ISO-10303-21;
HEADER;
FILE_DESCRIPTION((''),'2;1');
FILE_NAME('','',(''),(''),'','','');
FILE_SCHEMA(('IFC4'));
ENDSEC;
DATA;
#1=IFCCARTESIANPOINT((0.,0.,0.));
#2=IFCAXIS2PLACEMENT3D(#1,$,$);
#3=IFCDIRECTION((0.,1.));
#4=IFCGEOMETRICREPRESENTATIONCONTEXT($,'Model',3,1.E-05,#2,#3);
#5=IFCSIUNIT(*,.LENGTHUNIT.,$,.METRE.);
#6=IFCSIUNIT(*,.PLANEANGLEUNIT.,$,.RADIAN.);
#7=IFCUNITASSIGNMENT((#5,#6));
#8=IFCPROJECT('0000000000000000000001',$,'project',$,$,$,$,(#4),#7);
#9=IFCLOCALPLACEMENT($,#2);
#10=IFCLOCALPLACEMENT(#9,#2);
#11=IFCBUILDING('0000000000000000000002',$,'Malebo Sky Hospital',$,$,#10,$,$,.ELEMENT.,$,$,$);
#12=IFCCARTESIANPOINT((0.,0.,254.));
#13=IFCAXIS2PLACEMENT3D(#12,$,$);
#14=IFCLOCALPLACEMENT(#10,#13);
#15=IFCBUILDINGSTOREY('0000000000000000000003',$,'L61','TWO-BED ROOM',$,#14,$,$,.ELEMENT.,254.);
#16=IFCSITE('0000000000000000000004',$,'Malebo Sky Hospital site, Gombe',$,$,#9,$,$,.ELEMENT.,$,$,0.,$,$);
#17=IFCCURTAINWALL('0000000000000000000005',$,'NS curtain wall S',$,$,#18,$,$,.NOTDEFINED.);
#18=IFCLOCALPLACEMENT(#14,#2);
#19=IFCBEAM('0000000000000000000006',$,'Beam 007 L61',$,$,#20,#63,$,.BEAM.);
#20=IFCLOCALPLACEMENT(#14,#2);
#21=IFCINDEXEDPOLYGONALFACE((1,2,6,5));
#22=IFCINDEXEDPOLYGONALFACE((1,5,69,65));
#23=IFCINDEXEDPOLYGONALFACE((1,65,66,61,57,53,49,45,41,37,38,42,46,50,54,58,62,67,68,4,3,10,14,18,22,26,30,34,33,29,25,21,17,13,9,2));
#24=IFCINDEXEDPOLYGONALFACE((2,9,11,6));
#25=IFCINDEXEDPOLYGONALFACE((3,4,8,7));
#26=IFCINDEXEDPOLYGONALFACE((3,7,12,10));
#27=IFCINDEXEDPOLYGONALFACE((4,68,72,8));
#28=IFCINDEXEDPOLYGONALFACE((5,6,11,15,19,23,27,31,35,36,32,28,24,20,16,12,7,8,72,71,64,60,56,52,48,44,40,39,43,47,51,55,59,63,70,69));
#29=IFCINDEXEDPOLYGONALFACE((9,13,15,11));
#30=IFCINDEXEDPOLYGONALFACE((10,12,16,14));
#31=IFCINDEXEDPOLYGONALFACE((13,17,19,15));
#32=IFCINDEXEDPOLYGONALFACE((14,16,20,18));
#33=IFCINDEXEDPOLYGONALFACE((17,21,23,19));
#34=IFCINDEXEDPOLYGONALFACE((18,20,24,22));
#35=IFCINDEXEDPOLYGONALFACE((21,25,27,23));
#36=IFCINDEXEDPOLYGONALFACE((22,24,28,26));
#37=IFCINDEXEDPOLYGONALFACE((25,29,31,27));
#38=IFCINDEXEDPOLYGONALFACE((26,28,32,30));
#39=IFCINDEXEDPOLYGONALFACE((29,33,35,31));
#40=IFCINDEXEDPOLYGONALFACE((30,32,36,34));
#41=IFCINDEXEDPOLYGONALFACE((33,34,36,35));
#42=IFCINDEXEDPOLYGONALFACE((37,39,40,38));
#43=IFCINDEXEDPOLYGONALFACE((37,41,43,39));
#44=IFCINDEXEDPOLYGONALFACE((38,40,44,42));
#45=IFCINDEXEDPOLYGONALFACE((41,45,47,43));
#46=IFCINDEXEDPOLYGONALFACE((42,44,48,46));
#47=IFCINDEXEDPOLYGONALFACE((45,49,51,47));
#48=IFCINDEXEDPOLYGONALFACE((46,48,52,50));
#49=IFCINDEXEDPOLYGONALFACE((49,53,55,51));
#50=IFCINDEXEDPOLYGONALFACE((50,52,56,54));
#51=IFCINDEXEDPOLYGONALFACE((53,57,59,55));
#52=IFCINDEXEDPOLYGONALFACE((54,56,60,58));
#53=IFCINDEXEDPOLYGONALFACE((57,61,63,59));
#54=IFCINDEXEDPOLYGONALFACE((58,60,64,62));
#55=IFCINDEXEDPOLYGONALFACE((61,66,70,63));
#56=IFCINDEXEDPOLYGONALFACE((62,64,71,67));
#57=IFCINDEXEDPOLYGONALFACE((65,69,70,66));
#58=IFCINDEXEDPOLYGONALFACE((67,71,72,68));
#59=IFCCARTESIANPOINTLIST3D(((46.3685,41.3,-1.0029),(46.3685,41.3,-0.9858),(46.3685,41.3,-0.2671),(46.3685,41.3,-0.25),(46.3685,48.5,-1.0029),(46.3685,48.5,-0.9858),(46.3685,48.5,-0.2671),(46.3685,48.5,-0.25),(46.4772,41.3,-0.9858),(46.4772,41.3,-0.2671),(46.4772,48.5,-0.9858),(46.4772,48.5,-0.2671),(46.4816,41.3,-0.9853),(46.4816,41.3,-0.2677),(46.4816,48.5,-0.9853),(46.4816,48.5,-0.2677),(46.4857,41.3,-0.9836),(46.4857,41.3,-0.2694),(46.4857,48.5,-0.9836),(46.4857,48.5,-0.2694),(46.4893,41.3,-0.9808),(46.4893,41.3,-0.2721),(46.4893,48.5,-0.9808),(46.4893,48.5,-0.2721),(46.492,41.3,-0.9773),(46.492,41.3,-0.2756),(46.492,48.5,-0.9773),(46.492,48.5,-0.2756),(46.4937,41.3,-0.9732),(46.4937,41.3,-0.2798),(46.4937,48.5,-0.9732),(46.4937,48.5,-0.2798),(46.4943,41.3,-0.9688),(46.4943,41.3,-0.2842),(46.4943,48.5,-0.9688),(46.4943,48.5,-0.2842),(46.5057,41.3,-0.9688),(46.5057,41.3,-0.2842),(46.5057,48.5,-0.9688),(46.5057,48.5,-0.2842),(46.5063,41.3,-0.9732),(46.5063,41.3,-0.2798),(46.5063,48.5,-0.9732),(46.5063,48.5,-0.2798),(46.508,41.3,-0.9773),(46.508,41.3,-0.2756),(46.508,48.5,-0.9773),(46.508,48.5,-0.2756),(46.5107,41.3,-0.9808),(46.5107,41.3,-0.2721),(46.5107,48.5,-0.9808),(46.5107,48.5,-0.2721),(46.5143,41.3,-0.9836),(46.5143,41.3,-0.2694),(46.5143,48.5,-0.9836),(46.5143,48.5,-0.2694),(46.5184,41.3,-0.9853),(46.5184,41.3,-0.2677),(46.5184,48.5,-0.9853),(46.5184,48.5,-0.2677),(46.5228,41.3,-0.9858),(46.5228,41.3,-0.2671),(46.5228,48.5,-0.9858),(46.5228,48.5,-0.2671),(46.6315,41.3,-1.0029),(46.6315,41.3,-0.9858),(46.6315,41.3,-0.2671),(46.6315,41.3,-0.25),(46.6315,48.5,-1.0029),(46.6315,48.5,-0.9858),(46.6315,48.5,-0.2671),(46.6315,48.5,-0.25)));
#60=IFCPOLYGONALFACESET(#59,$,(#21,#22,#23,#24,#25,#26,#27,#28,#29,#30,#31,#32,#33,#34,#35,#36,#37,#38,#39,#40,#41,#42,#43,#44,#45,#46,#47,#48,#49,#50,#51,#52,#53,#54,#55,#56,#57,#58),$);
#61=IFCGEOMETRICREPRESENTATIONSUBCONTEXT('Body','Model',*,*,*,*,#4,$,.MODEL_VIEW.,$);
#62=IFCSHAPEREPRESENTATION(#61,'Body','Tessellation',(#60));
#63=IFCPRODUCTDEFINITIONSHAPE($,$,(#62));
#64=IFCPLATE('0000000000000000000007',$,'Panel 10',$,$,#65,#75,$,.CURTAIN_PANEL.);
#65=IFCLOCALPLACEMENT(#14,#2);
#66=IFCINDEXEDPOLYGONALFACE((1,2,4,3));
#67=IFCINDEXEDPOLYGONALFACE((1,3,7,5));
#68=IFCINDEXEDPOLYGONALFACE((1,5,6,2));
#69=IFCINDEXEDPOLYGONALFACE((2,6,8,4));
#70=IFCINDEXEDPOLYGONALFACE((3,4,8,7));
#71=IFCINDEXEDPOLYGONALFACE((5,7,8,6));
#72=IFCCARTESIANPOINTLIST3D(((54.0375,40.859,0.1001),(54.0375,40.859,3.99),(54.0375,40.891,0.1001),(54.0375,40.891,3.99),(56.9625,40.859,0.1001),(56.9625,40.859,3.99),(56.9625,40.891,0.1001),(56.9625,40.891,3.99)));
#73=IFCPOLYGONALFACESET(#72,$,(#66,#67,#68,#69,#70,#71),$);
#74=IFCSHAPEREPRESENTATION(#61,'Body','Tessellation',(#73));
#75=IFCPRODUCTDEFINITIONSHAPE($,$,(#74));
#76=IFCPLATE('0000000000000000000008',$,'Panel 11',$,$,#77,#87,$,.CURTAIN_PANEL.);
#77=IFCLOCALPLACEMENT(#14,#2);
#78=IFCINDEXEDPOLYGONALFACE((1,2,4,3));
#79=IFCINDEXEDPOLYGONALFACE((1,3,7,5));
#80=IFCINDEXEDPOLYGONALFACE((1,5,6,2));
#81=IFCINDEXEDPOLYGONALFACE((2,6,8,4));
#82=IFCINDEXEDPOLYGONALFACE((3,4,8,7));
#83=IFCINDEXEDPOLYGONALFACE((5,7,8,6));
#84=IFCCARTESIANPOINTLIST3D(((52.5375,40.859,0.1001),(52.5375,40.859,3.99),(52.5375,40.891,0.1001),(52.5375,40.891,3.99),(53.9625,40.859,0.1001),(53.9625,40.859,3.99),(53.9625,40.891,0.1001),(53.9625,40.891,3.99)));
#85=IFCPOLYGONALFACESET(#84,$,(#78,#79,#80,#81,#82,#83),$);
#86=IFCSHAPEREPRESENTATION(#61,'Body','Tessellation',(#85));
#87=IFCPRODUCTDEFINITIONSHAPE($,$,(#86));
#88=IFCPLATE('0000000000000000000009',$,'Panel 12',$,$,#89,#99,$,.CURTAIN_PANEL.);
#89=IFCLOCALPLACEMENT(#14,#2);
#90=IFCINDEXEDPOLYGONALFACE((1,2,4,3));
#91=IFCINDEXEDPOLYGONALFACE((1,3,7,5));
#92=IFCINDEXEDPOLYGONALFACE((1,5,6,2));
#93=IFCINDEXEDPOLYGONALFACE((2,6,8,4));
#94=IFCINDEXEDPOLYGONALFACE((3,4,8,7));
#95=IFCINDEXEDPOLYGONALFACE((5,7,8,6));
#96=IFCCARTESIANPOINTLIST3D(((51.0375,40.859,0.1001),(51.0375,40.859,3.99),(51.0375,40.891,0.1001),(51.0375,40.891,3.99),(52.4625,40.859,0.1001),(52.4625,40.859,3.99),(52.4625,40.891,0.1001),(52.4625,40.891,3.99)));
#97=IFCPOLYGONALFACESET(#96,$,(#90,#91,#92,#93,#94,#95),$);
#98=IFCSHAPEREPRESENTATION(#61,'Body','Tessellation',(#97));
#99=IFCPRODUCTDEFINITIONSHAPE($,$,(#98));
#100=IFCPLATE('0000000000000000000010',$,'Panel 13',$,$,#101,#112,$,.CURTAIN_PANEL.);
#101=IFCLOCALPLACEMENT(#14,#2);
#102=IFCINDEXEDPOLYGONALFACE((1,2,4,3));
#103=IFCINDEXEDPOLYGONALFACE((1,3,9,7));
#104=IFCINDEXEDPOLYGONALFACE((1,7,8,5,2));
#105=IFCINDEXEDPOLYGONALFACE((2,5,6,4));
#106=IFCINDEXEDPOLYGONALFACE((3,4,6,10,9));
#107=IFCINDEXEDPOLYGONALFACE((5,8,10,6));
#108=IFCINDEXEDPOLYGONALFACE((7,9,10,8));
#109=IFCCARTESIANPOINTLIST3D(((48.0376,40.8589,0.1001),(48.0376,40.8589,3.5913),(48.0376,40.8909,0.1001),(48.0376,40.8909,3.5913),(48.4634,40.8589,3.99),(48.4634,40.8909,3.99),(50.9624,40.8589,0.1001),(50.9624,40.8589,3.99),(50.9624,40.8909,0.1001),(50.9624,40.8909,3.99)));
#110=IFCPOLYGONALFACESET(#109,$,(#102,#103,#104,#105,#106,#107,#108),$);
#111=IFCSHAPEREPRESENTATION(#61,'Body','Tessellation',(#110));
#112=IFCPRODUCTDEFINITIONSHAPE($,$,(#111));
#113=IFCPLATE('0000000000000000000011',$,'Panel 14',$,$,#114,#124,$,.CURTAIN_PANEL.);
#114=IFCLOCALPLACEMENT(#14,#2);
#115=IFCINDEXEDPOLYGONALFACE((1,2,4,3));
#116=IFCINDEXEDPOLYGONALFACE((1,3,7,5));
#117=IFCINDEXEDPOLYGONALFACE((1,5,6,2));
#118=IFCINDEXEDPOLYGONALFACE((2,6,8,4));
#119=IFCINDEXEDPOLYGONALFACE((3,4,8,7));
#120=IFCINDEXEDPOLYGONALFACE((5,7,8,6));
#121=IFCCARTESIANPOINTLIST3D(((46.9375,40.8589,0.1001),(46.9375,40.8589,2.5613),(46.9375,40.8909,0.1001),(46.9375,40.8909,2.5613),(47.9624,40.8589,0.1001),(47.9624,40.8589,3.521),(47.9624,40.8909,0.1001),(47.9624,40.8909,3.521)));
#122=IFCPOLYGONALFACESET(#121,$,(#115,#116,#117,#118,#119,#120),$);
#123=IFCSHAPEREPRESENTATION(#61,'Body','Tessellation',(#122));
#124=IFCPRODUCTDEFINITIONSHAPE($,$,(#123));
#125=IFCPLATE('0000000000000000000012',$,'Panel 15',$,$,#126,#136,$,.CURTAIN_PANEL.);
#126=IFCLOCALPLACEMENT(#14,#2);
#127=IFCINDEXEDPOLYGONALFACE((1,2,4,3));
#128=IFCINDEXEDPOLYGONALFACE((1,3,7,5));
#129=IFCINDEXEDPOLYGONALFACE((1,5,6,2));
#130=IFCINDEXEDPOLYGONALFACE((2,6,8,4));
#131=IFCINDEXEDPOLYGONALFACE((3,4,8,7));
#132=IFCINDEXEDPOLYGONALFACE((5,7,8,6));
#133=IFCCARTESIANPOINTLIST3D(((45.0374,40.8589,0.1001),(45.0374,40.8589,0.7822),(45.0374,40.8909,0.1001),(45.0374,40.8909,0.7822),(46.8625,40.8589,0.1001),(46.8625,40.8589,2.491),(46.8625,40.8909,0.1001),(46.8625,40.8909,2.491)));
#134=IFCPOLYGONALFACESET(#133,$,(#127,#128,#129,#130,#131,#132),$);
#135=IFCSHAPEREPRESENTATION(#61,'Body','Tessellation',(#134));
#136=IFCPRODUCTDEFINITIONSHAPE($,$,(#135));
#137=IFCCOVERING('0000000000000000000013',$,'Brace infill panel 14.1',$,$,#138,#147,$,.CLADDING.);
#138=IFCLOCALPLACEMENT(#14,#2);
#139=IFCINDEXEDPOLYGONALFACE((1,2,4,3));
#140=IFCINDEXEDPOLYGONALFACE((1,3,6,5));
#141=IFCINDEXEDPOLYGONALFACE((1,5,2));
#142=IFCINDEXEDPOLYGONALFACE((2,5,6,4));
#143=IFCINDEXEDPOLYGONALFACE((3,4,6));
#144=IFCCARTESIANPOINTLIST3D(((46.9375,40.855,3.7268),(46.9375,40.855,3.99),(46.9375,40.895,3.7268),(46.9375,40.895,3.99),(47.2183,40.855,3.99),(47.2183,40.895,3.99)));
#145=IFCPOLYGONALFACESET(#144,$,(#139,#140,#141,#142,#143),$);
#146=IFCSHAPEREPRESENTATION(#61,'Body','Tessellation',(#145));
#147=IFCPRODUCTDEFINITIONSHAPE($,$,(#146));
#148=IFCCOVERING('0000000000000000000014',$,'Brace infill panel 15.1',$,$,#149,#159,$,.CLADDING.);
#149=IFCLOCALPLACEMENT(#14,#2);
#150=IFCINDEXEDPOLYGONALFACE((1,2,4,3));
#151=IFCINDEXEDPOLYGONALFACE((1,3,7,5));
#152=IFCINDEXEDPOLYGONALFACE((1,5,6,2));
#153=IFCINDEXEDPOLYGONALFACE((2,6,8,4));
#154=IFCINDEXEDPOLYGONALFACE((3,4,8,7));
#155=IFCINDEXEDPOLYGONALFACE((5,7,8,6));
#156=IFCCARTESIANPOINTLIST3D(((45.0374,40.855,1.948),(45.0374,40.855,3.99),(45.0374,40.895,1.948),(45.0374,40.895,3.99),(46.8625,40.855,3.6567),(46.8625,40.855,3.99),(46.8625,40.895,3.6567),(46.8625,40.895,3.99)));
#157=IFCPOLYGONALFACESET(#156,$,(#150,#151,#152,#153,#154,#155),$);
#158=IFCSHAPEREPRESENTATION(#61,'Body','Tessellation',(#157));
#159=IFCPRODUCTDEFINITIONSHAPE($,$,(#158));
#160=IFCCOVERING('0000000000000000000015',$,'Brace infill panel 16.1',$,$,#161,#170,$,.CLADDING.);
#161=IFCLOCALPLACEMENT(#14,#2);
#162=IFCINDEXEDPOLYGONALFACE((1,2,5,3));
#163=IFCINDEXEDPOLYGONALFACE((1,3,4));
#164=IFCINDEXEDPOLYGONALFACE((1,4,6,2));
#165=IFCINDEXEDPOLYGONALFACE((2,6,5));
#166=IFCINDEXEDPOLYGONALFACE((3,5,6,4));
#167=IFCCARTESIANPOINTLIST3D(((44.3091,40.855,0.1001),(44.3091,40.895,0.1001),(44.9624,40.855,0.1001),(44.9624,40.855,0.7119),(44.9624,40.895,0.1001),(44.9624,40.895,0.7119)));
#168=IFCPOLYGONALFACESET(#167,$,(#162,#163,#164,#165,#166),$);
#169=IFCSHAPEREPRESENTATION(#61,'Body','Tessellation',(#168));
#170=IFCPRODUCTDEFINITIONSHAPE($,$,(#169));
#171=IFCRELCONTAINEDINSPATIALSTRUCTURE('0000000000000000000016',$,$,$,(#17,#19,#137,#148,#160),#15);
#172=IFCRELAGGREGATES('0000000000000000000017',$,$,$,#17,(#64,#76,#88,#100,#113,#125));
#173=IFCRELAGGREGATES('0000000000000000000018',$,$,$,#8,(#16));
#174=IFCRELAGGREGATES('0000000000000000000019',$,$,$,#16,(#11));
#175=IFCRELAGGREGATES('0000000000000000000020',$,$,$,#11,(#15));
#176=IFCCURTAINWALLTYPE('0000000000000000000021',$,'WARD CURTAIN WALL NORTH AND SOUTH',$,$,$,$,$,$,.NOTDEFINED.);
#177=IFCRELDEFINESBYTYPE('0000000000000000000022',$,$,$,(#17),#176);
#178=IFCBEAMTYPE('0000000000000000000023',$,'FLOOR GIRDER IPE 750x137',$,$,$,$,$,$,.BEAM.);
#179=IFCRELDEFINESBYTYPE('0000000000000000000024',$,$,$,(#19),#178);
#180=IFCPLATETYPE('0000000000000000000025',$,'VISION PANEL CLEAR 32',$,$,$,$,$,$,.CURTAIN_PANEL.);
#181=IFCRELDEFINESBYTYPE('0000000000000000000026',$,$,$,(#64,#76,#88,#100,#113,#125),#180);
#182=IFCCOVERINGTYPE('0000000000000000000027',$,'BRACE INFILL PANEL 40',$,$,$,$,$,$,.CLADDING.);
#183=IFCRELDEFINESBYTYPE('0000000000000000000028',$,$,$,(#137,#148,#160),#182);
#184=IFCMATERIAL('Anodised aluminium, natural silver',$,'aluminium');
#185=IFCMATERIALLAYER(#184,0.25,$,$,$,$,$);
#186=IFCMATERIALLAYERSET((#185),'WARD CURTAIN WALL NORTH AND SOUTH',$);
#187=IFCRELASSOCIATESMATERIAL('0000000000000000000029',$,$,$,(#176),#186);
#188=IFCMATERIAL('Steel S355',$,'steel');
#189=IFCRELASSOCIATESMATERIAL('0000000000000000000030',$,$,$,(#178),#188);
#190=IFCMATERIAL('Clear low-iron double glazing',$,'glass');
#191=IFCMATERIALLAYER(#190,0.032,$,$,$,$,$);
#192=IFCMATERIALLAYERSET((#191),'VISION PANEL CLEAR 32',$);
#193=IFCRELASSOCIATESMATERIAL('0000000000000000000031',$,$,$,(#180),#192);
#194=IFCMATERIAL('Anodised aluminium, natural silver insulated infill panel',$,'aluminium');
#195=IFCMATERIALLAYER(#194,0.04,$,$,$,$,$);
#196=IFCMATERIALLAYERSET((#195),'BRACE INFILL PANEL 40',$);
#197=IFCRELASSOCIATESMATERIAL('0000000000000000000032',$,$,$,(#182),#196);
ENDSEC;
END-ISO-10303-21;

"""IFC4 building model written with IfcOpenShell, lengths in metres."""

from ifc_helpers import new_model, si_unit, direction, frame, origin, origin_2d, place, context, subcontext, project, spatial, polyline, rectangle, i_section, outline, extrude, material, layer, layer_set, material_profile, profile_set, type_object, element, aggregate, save


model = new_model("IFC4")

# Units and contexts
model_context = context("Model", 3, precision=1e-05, world=origin(), true_north=direction((0.0, 1.0)))
body_context = subcontext(model_context, "Body", "Model", "MODEL_VIEW")
ifc_project = project(units=[si_unit("LENGTHUNIT", "METRE"), si_unit("PLANEANGLEUNIT", "RADIAN")], contexts=[model_context])

# Site, building, storey
site_placement = place(None, origin())
site = spatial("IfcSite", under=ifc_project, at=site_placement, Name="Malebo Sky Hospital site, Gombe", CompositionType="ELEMENT", RefElevation=0.0)
building_placement = place(site_placement, origin())
building = spatial("IfcBuilding", under=site, at=building_placement, Name="Malebo Sky Hospital", CompositionType="ELEMENT")
storey_placement = place(building_placement, frame((0.0, 0.0, 254.0)))
storey = spatial("IfcBuildingStorey", under=building, at=storey_placement, Name="L61", Description="TWO-BED ROOM", CompositionType="ELEMENT", Elevation=254.0)

# Curtain wall
ifc_material_1 = material(Name="Anodised aluminium, natural silver", Category="aluminium")
ifc_layer_1 = layer(ifc_material_1, 0.25)
ifc_layer_set_1 = layer_set([ifc_layer_1], Name="WARD CURTAIN WALL NORTH AND SOUTH")
curtain_wall_type = type_object("IfcCurtainWallType", Name="WARD CURTAIN WALL NORTH AND SOUTH", PredefinedType="NOTDEFINED", material=ifc_layer_set_1)
curtain_wall_placement = place(storey_placement, origin())
curtain_wall = element("IfcCurtainWall", 1, at=curtain_wall_placement, inside=storey, type_object=curtain_wall_type, Name="NS curtain wall S", PredefinedType="NOTDEFINED")

# Beam
ifc_material_2 = material(Name="Steel S355", Category="steel")
ifc_material_profile_1 = material_profile(ifc_material_2, i_section(OverallWidth=0.2629, OverallDepth=0.7529, WebThickness=0.0115, FlangeThickness=0.0171, FilletRadius=0.0171, at=origin_2d()), Name="IPE 750x137")
ifc_profile_set_1 = profile_set([ifc_material_profile_1], Name="Steel S355")
beam_type_1 = type_object("IfcBeamType", Name="FLOOR GIRDER IPE 750x137", PredefinedType="BEAM", material=ifc_profile_set_1)
beam_1_placement = place(storey_placement, frame((46.5, 41.3, -0.6265), z_axis=(0.0, 1.0, 0.0), x_axis=(-1.0, 0.0, 0.0)))
element("IfcBeam", 2, at=beam_1_placement, inside=storey, type_object=beam_type_1, Name="Beam 007 L61", PredefinedType="BEAM", context=body_context, shape_type="SweptSolid", body=[
    extrude(i_section(OverallWidth=0.2629, OverallDepth=0.7529, WebThickness=0.0115, FlangeThickness=0.0171, FilletRadius=0.0171, at=origin_2d()), origin(), (0.0, 0.0, 1.0), 7.2),
])

# Plates
ifc_material_3 = material(Name="Clear low-iron double glazing", Category="glass")
ifc_layer_2 = layer(ifc_material_3, 0.032)
ifc_layer_set_2 = layer_set([ifc_layer_2], Name="VISION PANEL CLEAR 32")
plate_type = type_object("IfcPlateType", Name="VISION PANEL CLEAR 32", PredefinedType="CURTAIN_PANEL", material=ifc_layer_set_2)
plate_1_placement = place(storey_placement, frame((55.5, 40.875, 0.1001), z_axis=(0.0, 0.0, 1.0), x_axis=(-1.0, 0.0, 0.0)))
plate_1 = element("IfcPlate", 3, at=plate_1_placement, type_object=plate_type, Name="Panel 10", PredefinedType="CURTAIN_PANEL", context=body_context, shape_type="SweptSolid", body=[
    extrude(rectangle(XDim=2.925, YDim=0.032, at=origin_2d()), origin(), (0.0, 0.0, 1.0), 3.8899),
])
plate_2_placement = place(storey_placement, frame((53.25, 40.875, 0.1001), z_axis=(0.0, 0.0, 1.0), x_axis=(-1.0, 0.0, 0.0)))
plate_2 = element("IfcPlate", 4, at=plate_2_placement, type_object=plate_type, Name="Panel 11", PredefinedType="CURTAIN_PANEL", context=body_context, shape_type="SweptSolid", body=[
    extrude(rectangle(XDim=1.425, YDim=0.032, at=origin_2d()), origin(), (0.0, 0.0, 1.0), 3.8899),
])
plate_3_placement = place(storey_placement, frame((51.75, 40.875, 0.1001), z_axis=(0.0, 0.0, 1.0), x_axis=(-1.0, 0.0, 0.0)))
plate_3 = element("IfcPlate", 5, at=plate_3_placement, type_object=plate_type, Name="Panel 12", PredefinedType="CURTAIN_PANEL", context=body_context, shape_type="SweptSolid", body=[
    extrude(rectangle(XDim=1.425, YDim=0.032, at=origin_2d()), origin(), (0.0, 0.0, 1.0), 3.8899),
])
plate_4_placement = place(storey_placement, frame((49.5, 40.875, 0.1001), z_axis=(0.0, 0.0, 1.0), x_axis=(-1.0, 0.0, 0.0)))
plate_4 = element("IfcPlate", 6, at=plate_4_placement, type_object=plate_type, Name="Panel 13", PredefinedType="CURTAIN_PANEL", context=body_context, shape_type="SweptSolid", body=[
    extrude(outline(polyline([(-1.4624, 0.0), (1.4624, 0.0), (1.4624, 3.4912), (1.0366, 3.8899), (-1.4624, 3.8899), (-1.4624, 0.0)])), frame((0.0, 0.0161, 0.0), z_axis=(0.0, -1.0, 0.0), x_axis=(1.0, 0.0, 0.0)), (0.0, 0.0, 1.0), 0.032),
])
plate_5_placement = place(storey_placement, frame((47.45, 40.875, 0.1001), z_axis=(0.0, 0.0, 1.0), x_axis=(-1.0, 0.0, 0.0)))
plate_5 = element("IfcPlate", 7, at=plate_5_placement, type_object=plate_type, Name="Panel 14", PredefinedType="CURTAIN_PANEL", context=body_context, shape_type="SweptSolid", body=[
    extrude(outline(polyline([(-0.5125, 0.0), (0.5125, 0.0), (0.5125, 2.4612), (-0.5125, 3.4209), (-0.5125, 0.0)])), frame((0.0, 0.0161, 0.0), z_axis=(0.0, -1.0, 0.0), x_axis=(1.0, 0.0, 0.0)), (0.0, 0.0, 1.0), 0.032),
])
plate_6_placement = place(storey_placement, frame((45.95, 40.875, 0.1001), z_axis=(0.0, 0.0, 1.0), x_axis=(-1.0, 0.0, 0.0)))
plate_6 = element("IfcPlate", 8, at=plate_6_placement, type_object=plate_type, Name="Panel 15", PredefinedType="CURTAIN_PANEL", context=body_context, shape_type="SweptSolid", body=[
    extrude(outline(polyline([(-0.9126, 0.0), (0.9126, 0.0), (0.9126, 0.6821), (-0.9126, 2.3909), (-0.9126, 0.0)])), frame((0.0, 0.0161, 0.0), z_axis=(0.0, -1.0, 0.0), x_axis=(1.0, 0.0, 0.0)), (0.0, 0.0, 1.0), 0.032),
])
aggregate(curtain_wall, [plate_1, plate_2, plate_3, plate_4, plate_5, plate_6])

# Coverings
ifc_material_4 = material(Name="Anodised aluminium, natural silver insulated infill panel", Category="aluminium")
ifc_layer_3 = layer(ifc_material_4, 0.04)
ifc_layer_set_3 = layer_set([ifc_layer_3], Name="BRACE INFILL PANEL 40")
covering_type = type_object("IfcCoveringType", Name="BRACE INFILL PANEL 40", PredefinedType="CLADDING", material=ifc_layer_set_3)
covering_1_placement = place(storey_placement, frame((47.0779, 40.875, 3.7268), z_axis=(0.0, 0.0, 1.0), x_axis=(-1.0, 0.0, 0.0)))
element("IfcCovering", 9, at=covering_1_placement, inside=storey, type_object=covering_type, Name="Brace infill panel 14.1", PredefinedType="CLADDING", context=body_context, shape_type="SweptSolid", body=[
    extrude(outline(polyline([(0.1404, 0.0), (0.1404, 0.2632), (-0.1404, 0.2632), (0.1404, 0.0)])), frame((0.0, 0.02, 0.0), z_axis=(0.0, -1.0, 0.0), x_axis=(1.0, 0.0, 0.0)), (0.0, 0.0, 1.0), 0.04),
])
covering_2_placement = place(storey_placement, frame((45.95, 40.875, 1.948), z_axis=(0.0, 0.0, 1.0), x_axis=(-1.0, 0.0, 0.0)))
element("IfcCovering", 10, at=covering_2_placement, inside=storey, type_object=covering_type, Name="Brace infill panel 15.1", PredefinedType="CLADDING", context=body_context, shape_type="SweptSolid", body=[
    extrude(outline(polyline([(0.9126, 0.0), (0.9126, 2.042), (-0.9126, 2.042), (-0.9126, 1.7087), (0.9126, 0.0)])), frame((0.0, 0.02, 0.0), z_axis=(0.0, -1.0, 0.0), x_axis=(1.0, 0.0, 0.0)), (0.0, 0.0, 1.0), 0.04),
])
covering_3_placement = place(storey_placement, frame((44.6357, 40.875, 0.1001), z_axis=(0.0, 0.0, 1.0), x_axis=(-1.0, 0.0, 0.0)))
element("IfcCovering", 11, at=covering_3_placement, inside=storey, type_object=covering_type, Name="Brace infill panel 16.1", PredefinedType="CLADDING", context=body_context, shape_type="SweptSolid", body=[
    extrude(outline(polyline([(-0.3267, 0.0), (0.3267, 0.0), (-0.3267, 0.6118), (-0.3267, 0.0)])), frame((0.0, 0.02, 0.0), z_axis=(0.0, -1.0, 0.0), x_axis=(1.0, 0.0, 0.0)), (0.0, 0.0, 1.0), 0.04),
])

save(model, "model.ifc")
